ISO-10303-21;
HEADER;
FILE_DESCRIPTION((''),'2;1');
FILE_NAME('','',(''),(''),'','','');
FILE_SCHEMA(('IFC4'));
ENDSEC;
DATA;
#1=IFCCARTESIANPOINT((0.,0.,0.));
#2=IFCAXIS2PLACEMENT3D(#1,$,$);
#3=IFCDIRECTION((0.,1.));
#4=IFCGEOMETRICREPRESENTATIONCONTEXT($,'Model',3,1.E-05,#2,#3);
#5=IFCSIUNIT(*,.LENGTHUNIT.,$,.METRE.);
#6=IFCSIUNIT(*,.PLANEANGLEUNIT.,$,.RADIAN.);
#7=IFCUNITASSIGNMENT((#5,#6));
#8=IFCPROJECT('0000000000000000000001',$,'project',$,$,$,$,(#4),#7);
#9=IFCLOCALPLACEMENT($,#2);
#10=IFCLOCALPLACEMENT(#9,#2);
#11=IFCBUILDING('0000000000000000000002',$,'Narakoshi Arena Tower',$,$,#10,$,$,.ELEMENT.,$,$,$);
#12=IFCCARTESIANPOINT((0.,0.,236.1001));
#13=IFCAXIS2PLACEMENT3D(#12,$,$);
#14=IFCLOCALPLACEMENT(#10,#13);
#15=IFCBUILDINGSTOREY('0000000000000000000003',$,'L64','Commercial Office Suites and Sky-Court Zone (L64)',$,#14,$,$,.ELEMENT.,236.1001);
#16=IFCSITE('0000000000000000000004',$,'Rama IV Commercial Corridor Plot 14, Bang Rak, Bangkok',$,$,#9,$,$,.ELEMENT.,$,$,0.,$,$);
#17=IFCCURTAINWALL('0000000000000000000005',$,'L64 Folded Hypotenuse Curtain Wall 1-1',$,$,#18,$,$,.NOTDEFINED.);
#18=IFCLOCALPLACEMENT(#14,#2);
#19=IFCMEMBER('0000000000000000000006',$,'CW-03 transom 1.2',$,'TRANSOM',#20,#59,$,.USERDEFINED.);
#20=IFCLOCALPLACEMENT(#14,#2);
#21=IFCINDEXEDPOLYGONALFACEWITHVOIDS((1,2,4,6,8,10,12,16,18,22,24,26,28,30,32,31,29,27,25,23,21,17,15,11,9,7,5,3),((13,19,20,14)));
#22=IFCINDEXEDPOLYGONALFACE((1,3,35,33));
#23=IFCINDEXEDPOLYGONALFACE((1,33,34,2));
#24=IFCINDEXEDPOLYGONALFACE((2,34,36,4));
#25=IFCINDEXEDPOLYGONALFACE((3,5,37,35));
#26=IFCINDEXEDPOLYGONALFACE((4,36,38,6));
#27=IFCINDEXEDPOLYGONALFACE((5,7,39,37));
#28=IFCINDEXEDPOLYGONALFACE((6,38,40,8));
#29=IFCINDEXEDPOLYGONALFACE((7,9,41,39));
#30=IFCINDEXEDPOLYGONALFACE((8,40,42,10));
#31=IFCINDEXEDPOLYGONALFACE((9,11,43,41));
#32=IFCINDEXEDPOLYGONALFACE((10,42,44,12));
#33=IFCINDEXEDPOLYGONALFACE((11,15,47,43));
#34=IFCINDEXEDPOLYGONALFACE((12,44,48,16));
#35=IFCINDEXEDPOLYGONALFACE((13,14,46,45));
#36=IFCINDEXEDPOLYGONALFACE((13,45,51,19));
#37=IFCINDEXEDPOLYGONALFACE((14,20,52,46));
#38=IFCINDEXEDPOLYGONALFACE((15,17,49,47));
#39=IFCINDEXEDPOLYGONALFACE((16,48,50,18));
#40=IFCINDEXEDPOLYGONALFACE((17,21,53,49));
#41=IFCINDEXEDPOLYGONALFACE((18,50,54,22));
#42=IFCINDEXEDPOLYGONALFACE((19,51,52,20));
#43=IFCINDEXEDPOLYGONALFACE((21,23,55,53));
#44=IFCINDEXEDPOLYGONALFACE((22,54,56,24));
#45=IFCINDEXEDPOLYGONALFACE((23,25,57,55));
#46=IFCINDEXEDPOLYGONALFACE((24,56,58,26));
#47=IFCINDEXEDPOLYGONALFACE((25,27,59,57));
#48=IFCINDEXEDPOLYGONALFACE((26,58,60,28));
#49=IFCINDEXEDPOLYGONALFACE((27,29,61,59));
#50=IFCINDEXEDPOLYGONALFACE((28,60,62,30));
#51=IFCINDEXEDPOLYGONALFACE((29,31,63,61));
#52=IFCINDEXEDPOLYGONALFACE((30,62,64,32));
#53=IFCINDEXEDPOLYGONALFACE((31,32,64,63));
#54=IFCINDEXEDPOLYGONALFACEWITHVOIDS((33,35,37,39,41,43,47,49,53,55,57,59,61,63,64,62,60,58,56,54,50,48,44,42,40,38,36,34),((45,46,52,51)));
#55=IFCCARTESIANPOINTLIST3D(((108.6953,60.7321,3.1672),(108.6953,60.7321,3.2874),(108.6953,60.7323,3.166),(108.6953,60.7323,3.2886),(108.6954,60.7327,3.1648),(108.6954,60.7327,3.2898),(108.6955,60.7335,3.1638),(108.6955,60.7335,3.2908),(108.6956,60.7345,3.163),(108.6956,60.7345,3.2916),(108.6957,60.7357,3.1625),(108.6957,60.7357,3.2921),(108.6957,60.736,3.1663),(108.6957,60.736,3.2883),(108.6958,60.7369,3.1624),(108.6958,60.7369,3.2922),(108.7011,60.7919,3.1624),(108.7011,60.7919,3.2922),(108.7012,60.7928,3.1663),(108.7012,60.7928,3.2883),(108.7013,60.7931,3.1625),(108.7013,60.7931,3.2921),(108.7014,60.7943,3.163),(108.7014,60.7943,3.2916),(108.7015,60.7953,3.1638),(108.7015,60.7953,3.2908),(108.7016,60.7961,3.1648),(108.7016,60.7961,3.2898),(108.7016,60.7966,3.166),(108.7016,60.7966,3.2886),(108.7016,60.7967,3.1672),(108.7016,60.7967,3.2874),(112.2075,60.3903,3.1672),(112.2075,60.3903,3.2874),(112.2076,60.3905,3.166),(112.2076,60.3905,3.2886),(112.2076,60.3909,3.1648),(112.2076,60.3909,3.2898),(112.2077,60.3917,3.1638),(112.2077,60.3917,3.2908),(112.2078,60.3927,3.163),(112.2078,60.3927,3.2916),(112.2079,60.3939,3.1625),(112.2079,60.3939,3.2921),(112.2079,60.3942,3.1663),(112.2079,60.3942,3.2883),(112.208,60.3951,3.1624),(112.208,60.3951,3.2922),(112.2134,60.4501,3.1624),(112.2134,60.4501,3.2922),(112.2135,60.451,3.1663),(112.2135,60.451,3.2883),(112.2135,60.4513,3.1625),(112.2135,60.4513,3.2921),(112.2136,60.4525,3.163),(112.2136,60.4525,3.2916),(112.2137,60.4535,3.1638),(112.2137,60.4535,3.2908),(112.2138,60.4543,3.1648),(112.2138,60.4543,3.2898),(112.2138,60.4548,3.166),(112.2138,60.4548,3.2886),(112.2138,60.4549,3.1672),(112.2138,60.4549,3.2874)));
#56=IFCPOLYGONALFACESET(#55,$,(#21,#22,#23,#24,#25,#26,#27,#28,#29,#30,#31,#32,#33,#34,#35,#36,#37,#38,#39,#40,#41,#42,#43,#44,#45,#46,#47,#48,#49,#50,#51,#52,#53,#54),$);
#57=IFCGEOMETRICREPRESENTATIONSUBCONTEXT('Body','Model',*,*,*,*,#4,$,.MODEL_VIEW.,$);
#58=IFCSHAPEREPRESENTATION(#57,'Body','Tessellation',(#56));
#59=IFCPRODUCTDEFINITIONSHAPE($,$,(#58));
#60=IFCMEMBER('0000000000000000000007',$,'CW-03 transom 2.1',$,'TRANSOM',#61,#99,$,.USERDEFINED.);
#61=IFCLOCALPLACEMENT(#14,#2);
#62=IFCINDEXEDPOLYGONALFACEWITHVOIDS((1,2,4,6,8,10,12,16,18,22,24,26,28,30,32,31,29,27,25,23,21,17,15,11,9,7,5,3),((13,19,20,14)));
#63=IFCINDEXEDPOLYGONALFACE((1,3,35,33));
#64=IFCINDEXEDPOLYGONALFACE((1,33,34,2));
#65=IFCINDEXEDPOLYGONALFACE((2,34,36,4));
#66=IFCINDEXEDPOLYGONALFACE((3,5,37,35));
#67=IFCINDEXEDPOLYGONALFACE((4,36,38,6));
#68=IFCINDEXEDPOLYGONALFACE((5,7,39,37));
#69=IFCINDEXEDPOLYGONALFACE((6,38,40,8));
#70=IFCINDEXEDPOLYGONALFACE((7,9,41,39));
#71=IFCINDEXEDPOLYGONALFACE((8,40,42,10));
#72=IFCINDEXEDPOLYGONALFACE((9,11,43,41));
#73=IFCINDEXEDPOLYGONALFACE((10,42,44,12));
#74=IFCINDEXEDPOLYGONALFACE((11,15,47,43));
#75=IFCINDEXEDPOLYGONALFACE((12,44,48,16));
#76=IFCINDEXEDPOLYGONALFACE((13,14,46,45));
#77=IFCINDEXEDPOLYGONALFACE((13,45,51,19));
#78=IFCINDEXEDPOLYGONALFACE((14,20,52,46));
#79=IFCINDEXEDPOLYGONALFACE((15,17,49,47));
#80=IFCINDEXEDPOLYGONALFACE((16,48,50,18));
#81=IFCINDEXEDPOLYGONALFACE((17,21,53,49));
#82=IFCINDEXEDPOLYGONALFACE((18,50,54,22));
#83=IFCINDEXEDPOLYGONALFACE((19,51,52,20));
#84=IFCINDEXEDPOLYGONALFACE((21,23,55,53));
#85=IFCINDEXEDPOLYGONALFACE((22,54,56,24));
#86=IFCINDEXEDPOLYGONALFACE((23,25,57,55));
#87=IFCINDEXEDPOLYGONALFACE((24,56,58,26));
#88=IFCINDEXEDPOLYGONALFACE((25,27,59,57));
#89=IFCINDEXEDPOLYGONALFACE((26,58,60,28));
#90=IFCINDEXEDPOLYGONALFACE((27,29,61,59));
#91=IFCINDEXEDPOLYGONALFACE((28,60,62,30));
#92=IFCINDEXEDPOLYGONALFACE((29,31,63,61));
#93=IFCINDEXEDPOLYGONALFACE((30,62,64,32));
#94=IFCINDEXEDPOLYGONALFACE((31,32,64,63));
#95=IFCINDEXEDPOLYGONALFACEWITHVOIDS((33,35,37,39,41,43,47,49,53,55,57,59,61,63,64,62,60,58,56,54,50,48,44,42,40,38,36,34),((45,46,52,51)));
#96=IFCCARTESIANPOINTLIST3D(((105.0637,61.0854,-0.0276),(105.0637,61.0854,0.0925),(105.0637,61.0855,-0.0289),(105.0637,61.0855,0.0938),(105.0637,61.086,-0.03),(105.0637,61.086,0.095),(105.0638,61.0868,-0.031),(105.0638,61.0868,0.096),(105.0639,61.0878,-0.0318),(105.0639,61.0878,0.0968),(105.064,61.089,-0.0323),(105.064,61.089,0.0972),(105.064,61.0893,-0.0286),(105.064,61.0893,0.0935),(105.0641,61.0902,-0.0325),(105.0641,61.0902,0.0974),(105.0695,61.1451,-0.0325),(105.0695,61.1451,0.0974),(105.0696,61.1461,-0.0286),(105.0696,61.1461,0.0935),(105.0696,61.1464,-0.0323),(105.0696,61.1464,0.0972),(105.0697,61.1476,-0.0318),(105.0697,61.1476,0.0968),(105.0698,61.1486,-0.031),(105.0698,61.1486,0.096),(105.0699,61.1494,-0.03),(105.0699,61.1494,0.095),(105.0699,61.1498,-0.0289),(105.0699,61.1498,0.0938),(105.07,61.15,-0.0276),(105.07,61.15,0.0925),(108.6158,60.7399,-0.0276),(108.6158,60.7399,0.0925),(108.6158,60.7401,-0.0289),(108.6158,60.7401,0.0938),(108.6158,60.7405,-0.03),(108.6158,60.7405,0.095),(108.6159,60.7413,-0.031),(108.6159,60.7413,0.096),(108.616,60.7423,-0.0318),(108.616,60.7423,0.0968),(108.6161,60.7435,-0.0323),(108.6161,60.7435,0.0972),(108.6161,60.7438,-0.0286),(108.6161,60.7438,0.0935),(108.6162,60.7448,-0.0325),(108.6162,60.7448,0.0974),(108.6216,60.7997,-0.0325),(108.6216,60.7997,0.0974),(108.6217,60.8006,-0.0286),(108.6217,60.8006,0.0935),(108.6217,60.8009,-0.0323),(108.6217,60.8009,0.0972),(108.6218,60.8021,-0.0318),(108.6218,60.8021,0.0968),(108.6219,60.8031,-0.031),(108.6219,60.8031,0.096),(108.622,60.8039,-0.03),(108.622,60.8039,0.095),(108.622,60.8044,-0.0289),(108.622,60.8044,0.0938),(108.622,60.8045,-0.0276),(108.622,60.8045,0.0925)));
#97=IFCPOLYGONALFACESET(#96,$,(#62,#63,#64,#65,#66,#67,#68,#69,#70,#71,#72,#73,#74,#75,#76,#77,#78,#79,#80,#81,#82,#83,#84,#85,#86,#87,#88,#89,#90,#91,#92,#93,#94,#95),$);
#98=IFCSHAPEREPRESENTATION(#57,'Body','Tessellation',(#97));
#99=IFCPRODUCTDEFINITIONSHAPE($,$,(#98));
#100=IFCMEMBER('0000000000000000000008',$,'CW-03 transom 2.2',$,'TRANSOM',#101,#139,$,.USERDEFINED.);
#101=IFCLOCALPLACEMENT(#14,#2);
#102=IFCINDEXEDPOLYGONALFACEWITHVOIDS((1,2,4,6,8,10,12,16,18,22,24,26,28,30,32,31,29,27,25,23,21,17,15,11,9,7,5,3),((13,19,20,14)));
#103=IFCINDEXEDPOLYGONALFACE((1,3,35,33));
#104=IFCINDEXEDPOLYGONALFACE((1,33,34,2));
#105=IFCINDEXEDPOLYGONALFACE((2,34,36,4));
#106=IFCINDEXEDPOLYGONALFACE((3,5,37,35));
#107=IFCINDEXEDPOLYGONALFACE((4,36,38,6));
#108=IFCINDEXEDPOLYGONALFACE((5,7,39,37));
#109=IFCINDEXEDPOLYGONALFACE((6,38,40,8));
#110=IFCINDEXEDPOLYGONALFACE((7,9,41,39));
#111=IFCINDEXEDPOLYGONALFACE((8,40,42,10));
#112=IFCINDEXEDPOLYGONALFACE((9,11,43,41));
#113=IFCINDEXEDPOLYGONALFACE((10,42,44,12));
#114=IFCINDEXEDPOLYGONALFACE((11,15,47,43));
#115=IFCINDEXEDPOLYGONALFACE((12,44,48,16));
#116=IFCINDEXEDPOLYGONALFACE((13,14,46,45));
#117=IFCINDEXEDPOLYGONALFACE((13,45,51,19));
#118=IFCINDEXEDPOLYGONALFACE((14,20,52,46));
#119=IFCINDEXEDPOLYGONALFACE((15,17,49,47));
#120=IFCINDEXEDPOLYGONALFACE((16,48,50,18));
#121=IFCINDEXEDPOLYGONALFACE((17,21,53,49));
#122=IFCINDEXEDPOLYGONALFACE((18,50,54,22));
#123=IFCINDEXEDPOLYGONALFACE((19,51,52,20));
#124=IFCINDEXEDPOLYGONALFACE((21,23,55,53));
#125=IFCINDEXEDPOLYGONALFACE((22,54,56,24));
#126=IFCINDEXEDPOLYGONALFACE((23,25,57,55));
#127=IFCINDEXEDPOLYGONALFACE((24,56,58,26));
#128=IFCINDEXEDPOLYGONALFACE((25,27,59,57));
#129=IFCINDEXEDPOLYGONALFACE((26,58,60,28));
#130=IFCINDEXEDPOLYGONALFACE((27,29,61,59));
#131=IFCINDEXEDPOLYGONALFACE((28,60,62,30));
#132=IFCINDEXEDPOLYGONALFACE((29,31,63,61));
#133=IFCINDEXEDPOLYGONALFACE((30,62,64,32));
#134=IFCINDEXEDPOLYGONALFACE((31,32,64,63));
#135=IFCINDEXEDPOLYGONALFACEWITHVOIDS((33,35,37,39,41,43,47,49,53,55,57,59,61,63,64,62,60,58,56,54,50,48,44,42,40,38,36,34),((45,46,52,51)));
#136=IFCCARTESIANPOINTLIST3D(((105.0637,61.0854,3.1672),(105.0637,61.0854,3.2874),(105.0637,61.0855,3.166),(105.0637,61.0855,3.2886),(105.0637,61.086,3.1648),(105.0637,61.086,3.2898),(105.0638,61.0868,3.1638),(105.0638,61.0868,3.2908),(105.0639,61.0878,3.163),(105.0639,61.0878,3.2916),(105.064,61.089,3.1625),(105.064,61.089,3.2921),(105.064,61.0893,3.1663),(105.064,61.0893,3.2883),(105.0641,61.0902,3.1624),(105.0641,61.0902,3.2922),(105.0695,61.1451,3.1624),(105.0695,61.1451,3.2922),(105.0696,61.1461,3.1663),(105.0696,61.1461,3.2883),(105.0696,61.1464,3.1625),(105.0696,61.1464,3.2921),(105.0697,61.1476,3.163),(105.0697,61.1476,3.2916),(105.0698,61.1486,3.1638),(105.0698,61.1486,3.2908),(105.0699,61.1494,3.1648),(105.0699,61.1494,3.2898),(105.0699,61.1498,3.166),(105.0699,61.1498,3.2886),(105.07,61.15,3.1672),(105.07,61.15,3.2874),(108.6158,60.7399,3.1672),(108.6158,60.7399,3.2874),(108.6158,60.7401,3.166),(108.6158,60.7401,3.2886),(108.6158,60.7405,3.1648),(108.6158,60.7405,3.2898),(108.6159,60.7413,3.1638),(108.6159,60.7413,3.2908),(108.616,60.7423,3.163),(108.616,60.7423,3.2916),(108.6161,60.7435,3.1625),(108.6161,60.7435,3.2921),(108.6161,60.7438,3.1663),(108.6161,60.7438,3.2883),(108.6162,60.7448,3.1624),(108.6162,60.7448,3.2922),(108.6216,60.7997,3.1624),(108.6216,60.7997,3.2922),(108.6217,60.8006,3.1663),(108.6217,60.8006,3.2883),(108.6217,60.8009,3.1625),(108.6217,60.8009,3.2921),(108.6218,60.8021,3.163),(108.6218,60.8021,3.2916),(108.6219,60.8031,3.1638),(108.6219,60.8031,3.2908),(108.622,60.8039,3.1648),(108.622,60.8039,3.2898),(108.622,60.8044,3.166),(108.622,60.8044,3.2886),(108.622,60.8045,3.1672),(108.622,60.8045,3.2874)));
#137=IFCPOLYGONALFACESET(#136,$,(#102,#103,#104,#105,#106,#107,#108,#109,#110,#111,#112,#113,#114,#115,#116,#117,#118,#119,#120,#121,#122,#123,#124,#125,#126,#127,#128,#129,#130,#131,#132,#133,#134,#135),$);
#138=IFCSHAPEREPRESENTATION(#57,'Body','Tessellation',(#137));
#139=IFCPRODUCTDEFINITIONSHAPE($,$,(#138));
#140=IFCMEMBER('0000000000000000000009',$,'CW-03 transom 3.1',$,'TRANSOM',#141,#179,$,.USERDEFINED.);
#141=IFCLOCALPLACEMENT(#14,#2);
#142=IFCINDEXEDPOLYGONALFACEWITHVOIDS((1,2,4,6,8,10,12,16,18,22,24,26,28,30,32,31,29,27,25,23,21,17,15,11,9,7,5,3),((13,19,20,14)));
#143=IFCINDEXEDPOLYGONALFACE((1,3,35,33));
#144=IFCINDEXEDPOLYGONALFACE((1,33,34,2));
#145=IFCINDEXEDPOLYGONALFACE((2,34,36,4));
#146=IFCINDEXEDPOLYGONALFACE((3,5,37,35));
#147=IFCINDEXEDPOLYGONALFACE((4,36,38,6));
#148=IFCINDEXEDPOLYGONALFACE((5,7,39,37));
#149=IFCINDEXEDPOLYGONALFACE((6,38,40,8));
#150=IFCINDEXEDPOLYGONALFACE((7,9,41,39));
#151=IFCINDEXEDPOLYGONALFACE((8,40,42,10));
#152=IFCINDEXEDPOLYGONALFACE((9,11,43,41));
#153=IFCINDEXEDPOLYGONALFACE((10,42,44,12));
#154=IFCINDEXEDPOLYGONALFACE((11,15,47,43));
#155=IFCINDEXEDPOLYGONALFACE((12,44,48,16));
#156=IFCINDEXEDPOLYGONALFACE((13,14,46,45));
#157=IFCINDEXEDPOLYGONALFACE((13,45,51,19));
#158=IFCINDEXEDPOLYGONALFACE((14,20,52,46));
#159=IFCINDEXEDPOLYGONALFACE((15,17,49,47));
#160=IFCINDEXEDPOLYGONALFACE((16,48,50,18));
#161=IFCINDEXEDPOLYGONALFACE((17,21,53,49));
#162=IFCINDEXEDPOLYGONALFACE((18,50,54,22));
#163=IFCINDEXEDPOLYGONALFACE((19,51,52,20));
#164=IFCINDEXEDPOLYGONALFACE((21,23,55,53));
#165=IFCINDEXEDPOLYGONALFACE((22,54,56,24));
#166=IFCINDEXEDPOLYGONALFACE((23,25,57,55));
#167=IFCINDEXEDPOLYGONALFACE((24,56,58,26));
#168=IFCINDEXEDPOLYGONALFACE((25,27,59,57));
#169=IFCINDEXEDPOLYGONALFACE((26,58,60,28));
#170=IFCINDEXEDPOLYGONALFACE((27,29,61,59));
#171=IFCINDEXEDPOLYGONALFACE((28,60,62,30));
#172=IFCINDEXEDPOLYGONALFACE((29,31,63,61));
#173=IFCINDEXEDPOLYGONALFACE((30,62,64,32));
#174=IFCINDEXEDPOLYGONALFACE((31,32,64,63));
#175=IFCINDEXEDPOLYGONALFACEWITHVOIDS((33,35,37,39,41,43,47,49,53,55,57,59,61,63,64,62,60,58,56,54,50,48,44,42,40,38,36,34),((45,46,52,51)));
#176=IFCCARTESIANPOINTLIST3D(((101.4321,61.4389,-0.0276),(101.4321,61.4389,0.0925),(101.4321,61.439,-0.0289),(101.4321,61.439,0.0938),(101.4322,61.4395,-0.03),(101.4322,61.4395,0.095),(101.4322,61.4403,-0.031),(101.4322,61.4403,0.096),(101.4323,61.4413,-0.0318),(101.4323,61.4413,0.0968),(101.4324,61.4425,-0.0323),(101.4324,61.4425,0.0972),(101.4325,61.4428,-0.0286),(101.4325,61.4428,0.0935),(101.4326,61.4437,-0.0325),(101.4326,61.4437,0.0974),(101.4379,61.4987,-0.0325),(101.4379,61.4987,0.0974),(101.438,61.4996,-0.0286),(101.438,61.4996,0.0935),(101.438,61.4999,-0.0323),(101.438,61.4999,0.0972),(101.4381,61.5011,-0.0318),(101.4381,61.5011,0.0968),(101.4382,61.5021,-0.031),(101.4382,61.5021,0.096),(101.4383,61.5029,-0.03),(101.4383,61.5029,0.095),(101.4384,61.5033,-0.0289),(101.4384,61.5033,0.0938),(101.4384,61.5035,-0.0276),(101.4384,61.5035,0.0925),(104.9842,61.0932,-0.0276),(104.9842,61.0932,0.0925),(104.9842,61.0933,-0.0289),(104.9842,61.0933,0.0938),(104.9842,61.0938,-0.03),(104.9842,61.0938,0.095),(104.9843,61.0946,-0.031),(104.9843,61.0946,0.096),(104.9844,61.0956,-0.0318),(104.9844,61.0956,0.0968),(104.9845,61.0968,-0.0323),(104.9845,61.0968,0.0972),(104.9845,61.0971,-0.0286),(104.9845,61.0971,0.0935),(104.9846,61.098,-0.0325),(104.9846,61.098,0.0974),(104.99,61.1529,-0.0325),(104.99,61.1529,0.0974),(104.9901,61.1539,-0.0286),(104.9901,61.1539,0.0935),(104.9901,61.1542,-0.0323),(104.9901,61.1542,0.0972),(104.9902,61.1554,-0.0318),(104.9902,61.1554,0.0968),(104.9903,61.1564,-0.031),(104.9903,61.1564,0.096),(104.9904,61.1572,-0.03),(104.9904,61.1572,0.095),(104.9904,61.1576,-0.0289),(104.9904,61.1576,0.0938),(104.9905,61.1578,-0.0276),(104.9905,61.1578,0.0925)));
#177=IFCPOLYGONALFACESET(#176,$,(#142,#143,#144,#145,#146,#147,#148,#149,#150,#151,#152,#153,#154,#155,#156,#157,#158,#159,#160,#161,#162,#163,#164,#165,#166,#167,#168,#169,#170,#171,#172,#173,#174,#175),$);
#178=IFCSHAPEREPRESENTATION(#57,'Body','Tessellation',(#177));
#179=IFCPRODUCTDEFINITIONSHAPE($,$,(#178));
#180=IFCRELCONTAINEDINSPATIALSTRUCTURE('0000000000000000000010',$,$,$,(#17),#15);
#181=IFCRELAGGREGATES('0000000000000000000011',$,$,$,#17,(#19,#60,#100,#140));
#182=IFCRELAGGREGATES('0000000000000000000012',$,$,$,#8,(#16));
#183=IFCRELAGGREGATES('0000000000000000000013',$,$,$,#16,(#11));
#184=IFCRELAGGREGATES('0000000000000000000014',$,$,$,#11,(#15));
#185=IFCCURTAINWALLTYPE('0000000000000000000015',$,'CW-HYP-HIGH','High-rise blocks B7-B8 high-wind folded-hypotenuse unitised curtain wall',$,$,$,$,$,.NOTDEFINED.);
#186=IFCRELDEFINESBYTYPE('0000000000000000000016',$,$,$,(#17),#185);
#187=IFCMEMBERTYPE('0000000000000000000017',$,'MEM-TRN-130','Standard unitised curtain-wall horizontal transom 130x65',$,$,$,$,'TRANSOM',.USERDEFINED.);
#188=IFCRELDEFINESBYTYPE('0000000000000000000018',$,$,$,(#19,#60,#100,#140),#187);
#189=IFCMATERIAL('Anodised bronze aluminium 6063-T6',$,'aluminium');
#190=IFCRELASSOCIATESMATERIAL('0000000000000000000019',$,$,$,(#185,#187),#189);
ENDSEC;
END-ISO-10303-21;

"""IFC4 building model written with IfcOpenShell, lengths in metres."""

from ifc_helpers import new_model, si_unit, direction, frame, origin, origin_2d, place, context, subcontext, project, spatial, hollow_rectangle, extrude, material, material_profile, profile_set, type_object, element, aggregate, save


model = new_model("IFC4")

# Units and contexts
model_context = context("Model", 3, precision=1e-05, world=origin(), true_north=direction((0.0, 1.0)))
body_context = subcontext(model_context, "Body", "Model", "MODEL_VIEW")
ifc_project = project(units=[si_unit("LENGTHUNIT", "METRE"), si_unit("PLANEANGLEUNIT", "RADIAN")], contexts=[model_context])

# Site, building, storey
site_placement = place(None, origin())
site = spatial("IfcSite", under=ifc_project, at=site_placement, Name="Rama IV Commercial Corridor Plot 14, Bang Rak, Bangkok", CompositionType="ELEMENT", RefElevation=0.0)
building_placement = place(site_placement, origin())
building = spatial("IfcBuilding", under=site, at=building_placement, Name="Narakoshi Arena Tower", CompositionType="ELEMENT")
storey_placement = place(building_placement, frame((0.0, 0.0, 236.1001)))
storey = spatial("IfcBuildingStorey", under=building, at=storey_placement, Name="L64", Description="Commercial Office Suites and Sky-Court Zone (L64)", CompositionType="ELEMENT", Elevation=236.1001)

# Curtain wall, members
ifc_material_1 = material(Name="Anodised bronze aluminium 6063-T6", Category="aluminium")
curtain_wall_type = type_object("IfcCurtainWallType", Name="CW-HYP-HIGH", Description="High-rise blocks B7-B8 high-wind folded-hypotenuse unitised curtain wall", PredefinedType="NOTDEFINED", material=ifc_material_1)
curtain_wall_placement = place(storey_placement, origin())
curtain_wall = element("IfcCurtainWall", 1, at=curtain_wall_placement, inside=storey, type_object=curtain_wall_type, Name="L64 Folded Hypotenuse Curtain Wall 1-1", PredefinedType="NOTDEFINED")
ifc_material_profile_1 = material_profile(ifc_material_1, hollow_rectangle(XDim=0.0649, YDim=0.1299, WallThickness=0.0039, OuterFilletRadius=0.0049, at=origin_2d()), Name="TRN130x65x4")
ifc_profile_set_1 = profile_set([ifc_material_profile_1], Name="Anodised bronze aluminium 6063-T6")
member_type_1 = type_object("IfcMemberType", Name="MEM-TRN-130", Description="Standard unitised curtain-wall horizontal transom 130x65", ElementType="TRANSOM", PredefinedType="USERDEFINED", material=ifc_profile_set_1)
member_1_placement = place(storey_placement, frame((112.2107, 60.4226, 3.2273), z_axis=(-0.995298, 0.096859, 0.0), x_axis=(-0.096859, -0.995298, 0.0)))
member_1 = element("IfcMember", 2, at=member_1_placement, type_object=member_type_1, Name="CW-03 transom 1.2", ObjectType="TRANSOM", PredefinedType="USERDEFINED", context=body_context, shape_type="SweptSolid", body=[
    extrude(hollow_rectangle(XDim=0.0649, YDim=0.1299, WallThickness=0.0039, OuterFilletRadius=0.0049, at=origin_2d()), origin(), (0.0, 0.0, 1.0), 3.5288),
])
member_2_placement = place(storey_placement, frame((108.6189, 60.7722, 0.0325), z_axis=(-0.995304, 0.096801, 0.0), x_axis=(-0.096801, -0.995304, 0.0)))
member_2 = element("IfcMember", 3, at=member_2_placement, type_object=member_type_1, Name="CW-03 transom 2.1", ObjectType="TRANSOM", PredefinedType="USERDEFINED", context=body_context, shape_type="SweptSolid", body=[
    extrude(hollow_rectangle(XDim=0.0649, YDim=0.1299, WallThickness=0.0039, OuterFilletRadius=0.0049, at=origin_2d()), origin(), (0.0, 0.0, 1.0), 3.5688),
])
member_3_placement = place(storey_placement, frame((108.6189, 60.7722, 3.2273), z_axis=(-0.995304, 0.096801, 0.0), x_axis=(-0.096801, -0.995304, 0.0)))
member_3 = element("IfcMember", 4, at=member_3_placement, type_object=member_type_1, Name="CW-03 transom 2.2", ObjectType="TRANSOM", PredefinedType="USERDEFINED", context=body_context, shape_type="SweptSolid", body=[
    extrude(hollow_rectangle(XDim=0.0649, YDim=0.1299, WallThickness=0.0039, OuterFilletRadius=0.0049, at=origin_2d()), origin(), (0.0, 0.0, 1.0), 3.5688),
])
member_4_placement = place(storey_placement, frame((104.9873, 61.1255, 0.0325), z_axis=(-0.995297, 0.096869, 0.0), x_axis=(-0.096869, -0.995297, 0.0)))
member_4 = element("IfcMember", 5, at=member_4_placement, type_object=member_type_1, Name="CW-03 transom 3.1", ObjectType="TRANSOM", PredefinedType="USERDEFINED", context=body_context, shape_type="SweptSolid", body=[
    extrude(hollow_rectangle(XDim=0.0649, YDim=0.1299, WallThickness=0.0039, OuterFilletRadius=0.0049, at=origin_2d()), origin(), (0.0, 0.0, 1.0), 3.5688),
])
aggregate(curtain_wall, [member_1, member_2, member_3, member_4])

save(model, "model.ifc")
